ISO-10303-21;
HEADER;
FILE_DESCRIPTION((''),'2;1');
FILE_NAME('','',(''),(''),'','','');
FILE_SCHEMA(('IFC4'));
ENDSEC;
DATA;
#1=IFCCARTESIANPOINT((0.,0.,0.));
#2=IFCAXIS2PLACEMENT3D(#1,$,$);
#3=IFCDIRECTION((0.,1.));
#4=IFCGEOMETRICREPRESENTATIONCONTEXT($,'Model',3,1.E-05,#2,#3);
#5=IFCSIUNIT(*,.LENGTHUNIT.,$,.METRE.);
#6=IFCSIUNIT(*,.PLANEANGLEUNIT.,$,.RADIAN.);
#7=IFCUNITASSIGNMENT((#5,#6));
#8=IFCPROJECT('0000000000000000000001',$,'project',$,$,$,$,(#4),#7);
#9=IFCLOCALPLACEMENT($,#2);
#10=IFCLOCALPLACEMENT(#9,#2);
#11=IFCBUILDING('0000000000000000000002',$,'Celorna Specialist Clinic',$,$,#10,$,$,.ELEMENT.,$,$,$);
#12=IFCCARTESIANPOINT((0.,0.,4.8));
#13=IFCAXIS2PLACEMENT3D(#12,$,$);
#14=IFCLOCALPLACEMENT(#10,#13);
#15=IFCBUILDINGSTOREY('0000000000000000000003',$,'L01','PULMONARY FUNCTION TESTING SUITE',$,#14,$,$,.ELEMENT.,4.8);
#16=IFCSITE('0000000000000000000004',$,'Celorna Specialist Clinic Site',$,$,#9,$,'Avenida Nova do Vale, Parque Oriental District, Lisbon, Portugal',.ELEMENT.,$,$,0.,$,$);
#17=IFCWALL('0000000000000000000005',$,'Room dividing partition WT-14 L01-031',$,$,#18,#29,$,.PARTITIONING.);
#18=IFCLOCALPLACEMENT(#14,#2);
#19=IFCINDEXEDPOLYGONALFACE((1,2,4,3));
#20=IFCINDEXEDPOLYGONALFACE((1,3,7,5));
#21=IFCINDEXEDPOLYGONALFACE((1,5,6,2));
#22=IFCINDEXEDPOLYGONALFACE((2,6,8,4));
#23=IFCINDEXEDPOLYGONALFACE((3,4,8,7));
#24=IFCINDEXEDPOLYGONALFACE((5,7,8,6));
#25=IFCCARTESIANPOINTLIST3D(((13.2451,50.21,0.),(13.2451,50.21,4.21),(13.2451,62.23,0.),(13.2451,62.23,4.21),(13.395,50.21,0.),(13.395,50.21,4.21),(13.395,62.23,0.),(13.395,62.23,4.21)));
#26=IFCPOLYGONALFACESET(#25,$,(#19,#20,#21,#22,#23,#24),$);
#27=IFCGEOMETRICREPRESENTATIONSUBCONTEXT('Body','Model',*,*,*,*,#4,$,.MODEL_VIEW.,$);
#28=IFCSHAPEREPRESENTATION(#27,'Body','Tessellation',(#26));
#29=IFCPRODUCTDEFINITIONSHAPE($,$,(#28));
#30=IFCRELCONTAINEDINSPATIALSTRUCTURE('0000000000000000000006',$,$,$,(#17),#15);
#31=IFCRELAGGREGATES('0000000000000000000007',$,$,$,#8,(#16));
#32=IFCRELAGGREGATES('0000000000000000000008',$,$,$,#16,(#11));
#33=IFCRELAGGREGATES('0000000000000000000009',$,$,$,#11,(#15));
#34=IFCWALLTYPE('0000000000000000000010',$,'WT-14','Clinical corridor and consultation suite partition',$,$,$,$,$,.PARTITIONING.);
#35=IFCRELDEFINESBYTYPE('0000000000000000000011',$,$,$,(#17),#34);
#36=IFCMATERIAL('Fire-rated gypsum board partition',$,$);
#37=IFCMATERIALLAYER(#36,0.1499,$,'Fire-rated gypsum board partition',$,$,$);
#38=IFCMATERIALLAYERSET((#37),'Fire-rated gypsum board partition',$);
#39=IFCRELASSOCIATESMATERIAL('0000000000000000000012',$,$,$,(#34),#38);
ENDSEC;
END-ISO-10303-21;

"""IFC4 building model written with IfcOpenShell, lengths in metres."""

from ifc_helpers import new_model, si_unit, direction, frame, frame_2d, origin, place, context, subcontext, project, spatial, rectangle, extrude, material, layer, layer_set, type_object, element, save


model = new_model("IFC4")

# Units and contexts
model_context = context("Model", 3, precision=1e-05, world=origin(), true_north=direction((0.0, 1.0)))
body_context = subcontext(model_context, "Body", "Model", "MODEL_VIEW")
ifc_project = project(units=[si_unit("LENGTHUNIT", "METRE"), si_unit("PLANEANGLEUNIT", "RADIAN")], contexts=[model_context])

# Site, building, storey
site_placement = place(None, origin())
site = spatial("IfcSite", under=ifc_project, at=site_placement, Name="Celorna Specialist Clinic Site", LongName="Avenida Nova do Vale, Parque Oriental District, Lisbon, Portugal", CompositionType="ELEMENT", RefElevation=0.0)
building_placement = place(site_placement, origin())
building = spatial("IfcBuilding", under=site, at=building_placement, Name="Celorna Specialist Clinic", CompositionType="ELEMENT")
storey_placement = place(building_placement, frame((0.0, 0.0, 4.8)))
storey = spatial("IfcBuildingStorey", under=building, at=storey_placement, Name="L01", Description="PULMONARY FUNCTION TESTING SUITE", CompositionType="ELEMENT", Elevation=4.8)

# Shared definitions
ifc_material_1 = material(Name="Fire-rated gypsum board partition")
ifc_layer_1 = layer(ifc_material_1, 0.1499, Name="Fire-rated gypsum board partition")
ifc_layer_set_1 = layer_set([ifc_layer_1], Name="Fire-rated gypsum board partition")
wall_type_1 = type_object("IfcWallType", Name="WT-14", Description="Clinical corridor and consultation suite partition", PredefinedType="PARTITIONING", material=ifc_layer_set_1)

# Wall
wall_1_placement = place(storey_placement, frame((13.3201, 50.21, 0.0), z_axis=(0.0, 0.0, 1.0), x_axis=(0.0, 1.0, 0.0)))
element("IfcWall", 1, at=wall_1_placement, inside=storey, type_object=wall_type_1, Name="Room dividing partition WT-14 L01-031", PredefinedType="PARTITIONING", context=body_context, shape_type="SweptSolid", body=[
    extrude(rectangle(XDim=12.02, YDim=0.1499, at=frame_2d((6.01, 0.0))), origin(), (0.0, 0.0, 1.0), 4.21),
])

save(model, "model.ifc")
